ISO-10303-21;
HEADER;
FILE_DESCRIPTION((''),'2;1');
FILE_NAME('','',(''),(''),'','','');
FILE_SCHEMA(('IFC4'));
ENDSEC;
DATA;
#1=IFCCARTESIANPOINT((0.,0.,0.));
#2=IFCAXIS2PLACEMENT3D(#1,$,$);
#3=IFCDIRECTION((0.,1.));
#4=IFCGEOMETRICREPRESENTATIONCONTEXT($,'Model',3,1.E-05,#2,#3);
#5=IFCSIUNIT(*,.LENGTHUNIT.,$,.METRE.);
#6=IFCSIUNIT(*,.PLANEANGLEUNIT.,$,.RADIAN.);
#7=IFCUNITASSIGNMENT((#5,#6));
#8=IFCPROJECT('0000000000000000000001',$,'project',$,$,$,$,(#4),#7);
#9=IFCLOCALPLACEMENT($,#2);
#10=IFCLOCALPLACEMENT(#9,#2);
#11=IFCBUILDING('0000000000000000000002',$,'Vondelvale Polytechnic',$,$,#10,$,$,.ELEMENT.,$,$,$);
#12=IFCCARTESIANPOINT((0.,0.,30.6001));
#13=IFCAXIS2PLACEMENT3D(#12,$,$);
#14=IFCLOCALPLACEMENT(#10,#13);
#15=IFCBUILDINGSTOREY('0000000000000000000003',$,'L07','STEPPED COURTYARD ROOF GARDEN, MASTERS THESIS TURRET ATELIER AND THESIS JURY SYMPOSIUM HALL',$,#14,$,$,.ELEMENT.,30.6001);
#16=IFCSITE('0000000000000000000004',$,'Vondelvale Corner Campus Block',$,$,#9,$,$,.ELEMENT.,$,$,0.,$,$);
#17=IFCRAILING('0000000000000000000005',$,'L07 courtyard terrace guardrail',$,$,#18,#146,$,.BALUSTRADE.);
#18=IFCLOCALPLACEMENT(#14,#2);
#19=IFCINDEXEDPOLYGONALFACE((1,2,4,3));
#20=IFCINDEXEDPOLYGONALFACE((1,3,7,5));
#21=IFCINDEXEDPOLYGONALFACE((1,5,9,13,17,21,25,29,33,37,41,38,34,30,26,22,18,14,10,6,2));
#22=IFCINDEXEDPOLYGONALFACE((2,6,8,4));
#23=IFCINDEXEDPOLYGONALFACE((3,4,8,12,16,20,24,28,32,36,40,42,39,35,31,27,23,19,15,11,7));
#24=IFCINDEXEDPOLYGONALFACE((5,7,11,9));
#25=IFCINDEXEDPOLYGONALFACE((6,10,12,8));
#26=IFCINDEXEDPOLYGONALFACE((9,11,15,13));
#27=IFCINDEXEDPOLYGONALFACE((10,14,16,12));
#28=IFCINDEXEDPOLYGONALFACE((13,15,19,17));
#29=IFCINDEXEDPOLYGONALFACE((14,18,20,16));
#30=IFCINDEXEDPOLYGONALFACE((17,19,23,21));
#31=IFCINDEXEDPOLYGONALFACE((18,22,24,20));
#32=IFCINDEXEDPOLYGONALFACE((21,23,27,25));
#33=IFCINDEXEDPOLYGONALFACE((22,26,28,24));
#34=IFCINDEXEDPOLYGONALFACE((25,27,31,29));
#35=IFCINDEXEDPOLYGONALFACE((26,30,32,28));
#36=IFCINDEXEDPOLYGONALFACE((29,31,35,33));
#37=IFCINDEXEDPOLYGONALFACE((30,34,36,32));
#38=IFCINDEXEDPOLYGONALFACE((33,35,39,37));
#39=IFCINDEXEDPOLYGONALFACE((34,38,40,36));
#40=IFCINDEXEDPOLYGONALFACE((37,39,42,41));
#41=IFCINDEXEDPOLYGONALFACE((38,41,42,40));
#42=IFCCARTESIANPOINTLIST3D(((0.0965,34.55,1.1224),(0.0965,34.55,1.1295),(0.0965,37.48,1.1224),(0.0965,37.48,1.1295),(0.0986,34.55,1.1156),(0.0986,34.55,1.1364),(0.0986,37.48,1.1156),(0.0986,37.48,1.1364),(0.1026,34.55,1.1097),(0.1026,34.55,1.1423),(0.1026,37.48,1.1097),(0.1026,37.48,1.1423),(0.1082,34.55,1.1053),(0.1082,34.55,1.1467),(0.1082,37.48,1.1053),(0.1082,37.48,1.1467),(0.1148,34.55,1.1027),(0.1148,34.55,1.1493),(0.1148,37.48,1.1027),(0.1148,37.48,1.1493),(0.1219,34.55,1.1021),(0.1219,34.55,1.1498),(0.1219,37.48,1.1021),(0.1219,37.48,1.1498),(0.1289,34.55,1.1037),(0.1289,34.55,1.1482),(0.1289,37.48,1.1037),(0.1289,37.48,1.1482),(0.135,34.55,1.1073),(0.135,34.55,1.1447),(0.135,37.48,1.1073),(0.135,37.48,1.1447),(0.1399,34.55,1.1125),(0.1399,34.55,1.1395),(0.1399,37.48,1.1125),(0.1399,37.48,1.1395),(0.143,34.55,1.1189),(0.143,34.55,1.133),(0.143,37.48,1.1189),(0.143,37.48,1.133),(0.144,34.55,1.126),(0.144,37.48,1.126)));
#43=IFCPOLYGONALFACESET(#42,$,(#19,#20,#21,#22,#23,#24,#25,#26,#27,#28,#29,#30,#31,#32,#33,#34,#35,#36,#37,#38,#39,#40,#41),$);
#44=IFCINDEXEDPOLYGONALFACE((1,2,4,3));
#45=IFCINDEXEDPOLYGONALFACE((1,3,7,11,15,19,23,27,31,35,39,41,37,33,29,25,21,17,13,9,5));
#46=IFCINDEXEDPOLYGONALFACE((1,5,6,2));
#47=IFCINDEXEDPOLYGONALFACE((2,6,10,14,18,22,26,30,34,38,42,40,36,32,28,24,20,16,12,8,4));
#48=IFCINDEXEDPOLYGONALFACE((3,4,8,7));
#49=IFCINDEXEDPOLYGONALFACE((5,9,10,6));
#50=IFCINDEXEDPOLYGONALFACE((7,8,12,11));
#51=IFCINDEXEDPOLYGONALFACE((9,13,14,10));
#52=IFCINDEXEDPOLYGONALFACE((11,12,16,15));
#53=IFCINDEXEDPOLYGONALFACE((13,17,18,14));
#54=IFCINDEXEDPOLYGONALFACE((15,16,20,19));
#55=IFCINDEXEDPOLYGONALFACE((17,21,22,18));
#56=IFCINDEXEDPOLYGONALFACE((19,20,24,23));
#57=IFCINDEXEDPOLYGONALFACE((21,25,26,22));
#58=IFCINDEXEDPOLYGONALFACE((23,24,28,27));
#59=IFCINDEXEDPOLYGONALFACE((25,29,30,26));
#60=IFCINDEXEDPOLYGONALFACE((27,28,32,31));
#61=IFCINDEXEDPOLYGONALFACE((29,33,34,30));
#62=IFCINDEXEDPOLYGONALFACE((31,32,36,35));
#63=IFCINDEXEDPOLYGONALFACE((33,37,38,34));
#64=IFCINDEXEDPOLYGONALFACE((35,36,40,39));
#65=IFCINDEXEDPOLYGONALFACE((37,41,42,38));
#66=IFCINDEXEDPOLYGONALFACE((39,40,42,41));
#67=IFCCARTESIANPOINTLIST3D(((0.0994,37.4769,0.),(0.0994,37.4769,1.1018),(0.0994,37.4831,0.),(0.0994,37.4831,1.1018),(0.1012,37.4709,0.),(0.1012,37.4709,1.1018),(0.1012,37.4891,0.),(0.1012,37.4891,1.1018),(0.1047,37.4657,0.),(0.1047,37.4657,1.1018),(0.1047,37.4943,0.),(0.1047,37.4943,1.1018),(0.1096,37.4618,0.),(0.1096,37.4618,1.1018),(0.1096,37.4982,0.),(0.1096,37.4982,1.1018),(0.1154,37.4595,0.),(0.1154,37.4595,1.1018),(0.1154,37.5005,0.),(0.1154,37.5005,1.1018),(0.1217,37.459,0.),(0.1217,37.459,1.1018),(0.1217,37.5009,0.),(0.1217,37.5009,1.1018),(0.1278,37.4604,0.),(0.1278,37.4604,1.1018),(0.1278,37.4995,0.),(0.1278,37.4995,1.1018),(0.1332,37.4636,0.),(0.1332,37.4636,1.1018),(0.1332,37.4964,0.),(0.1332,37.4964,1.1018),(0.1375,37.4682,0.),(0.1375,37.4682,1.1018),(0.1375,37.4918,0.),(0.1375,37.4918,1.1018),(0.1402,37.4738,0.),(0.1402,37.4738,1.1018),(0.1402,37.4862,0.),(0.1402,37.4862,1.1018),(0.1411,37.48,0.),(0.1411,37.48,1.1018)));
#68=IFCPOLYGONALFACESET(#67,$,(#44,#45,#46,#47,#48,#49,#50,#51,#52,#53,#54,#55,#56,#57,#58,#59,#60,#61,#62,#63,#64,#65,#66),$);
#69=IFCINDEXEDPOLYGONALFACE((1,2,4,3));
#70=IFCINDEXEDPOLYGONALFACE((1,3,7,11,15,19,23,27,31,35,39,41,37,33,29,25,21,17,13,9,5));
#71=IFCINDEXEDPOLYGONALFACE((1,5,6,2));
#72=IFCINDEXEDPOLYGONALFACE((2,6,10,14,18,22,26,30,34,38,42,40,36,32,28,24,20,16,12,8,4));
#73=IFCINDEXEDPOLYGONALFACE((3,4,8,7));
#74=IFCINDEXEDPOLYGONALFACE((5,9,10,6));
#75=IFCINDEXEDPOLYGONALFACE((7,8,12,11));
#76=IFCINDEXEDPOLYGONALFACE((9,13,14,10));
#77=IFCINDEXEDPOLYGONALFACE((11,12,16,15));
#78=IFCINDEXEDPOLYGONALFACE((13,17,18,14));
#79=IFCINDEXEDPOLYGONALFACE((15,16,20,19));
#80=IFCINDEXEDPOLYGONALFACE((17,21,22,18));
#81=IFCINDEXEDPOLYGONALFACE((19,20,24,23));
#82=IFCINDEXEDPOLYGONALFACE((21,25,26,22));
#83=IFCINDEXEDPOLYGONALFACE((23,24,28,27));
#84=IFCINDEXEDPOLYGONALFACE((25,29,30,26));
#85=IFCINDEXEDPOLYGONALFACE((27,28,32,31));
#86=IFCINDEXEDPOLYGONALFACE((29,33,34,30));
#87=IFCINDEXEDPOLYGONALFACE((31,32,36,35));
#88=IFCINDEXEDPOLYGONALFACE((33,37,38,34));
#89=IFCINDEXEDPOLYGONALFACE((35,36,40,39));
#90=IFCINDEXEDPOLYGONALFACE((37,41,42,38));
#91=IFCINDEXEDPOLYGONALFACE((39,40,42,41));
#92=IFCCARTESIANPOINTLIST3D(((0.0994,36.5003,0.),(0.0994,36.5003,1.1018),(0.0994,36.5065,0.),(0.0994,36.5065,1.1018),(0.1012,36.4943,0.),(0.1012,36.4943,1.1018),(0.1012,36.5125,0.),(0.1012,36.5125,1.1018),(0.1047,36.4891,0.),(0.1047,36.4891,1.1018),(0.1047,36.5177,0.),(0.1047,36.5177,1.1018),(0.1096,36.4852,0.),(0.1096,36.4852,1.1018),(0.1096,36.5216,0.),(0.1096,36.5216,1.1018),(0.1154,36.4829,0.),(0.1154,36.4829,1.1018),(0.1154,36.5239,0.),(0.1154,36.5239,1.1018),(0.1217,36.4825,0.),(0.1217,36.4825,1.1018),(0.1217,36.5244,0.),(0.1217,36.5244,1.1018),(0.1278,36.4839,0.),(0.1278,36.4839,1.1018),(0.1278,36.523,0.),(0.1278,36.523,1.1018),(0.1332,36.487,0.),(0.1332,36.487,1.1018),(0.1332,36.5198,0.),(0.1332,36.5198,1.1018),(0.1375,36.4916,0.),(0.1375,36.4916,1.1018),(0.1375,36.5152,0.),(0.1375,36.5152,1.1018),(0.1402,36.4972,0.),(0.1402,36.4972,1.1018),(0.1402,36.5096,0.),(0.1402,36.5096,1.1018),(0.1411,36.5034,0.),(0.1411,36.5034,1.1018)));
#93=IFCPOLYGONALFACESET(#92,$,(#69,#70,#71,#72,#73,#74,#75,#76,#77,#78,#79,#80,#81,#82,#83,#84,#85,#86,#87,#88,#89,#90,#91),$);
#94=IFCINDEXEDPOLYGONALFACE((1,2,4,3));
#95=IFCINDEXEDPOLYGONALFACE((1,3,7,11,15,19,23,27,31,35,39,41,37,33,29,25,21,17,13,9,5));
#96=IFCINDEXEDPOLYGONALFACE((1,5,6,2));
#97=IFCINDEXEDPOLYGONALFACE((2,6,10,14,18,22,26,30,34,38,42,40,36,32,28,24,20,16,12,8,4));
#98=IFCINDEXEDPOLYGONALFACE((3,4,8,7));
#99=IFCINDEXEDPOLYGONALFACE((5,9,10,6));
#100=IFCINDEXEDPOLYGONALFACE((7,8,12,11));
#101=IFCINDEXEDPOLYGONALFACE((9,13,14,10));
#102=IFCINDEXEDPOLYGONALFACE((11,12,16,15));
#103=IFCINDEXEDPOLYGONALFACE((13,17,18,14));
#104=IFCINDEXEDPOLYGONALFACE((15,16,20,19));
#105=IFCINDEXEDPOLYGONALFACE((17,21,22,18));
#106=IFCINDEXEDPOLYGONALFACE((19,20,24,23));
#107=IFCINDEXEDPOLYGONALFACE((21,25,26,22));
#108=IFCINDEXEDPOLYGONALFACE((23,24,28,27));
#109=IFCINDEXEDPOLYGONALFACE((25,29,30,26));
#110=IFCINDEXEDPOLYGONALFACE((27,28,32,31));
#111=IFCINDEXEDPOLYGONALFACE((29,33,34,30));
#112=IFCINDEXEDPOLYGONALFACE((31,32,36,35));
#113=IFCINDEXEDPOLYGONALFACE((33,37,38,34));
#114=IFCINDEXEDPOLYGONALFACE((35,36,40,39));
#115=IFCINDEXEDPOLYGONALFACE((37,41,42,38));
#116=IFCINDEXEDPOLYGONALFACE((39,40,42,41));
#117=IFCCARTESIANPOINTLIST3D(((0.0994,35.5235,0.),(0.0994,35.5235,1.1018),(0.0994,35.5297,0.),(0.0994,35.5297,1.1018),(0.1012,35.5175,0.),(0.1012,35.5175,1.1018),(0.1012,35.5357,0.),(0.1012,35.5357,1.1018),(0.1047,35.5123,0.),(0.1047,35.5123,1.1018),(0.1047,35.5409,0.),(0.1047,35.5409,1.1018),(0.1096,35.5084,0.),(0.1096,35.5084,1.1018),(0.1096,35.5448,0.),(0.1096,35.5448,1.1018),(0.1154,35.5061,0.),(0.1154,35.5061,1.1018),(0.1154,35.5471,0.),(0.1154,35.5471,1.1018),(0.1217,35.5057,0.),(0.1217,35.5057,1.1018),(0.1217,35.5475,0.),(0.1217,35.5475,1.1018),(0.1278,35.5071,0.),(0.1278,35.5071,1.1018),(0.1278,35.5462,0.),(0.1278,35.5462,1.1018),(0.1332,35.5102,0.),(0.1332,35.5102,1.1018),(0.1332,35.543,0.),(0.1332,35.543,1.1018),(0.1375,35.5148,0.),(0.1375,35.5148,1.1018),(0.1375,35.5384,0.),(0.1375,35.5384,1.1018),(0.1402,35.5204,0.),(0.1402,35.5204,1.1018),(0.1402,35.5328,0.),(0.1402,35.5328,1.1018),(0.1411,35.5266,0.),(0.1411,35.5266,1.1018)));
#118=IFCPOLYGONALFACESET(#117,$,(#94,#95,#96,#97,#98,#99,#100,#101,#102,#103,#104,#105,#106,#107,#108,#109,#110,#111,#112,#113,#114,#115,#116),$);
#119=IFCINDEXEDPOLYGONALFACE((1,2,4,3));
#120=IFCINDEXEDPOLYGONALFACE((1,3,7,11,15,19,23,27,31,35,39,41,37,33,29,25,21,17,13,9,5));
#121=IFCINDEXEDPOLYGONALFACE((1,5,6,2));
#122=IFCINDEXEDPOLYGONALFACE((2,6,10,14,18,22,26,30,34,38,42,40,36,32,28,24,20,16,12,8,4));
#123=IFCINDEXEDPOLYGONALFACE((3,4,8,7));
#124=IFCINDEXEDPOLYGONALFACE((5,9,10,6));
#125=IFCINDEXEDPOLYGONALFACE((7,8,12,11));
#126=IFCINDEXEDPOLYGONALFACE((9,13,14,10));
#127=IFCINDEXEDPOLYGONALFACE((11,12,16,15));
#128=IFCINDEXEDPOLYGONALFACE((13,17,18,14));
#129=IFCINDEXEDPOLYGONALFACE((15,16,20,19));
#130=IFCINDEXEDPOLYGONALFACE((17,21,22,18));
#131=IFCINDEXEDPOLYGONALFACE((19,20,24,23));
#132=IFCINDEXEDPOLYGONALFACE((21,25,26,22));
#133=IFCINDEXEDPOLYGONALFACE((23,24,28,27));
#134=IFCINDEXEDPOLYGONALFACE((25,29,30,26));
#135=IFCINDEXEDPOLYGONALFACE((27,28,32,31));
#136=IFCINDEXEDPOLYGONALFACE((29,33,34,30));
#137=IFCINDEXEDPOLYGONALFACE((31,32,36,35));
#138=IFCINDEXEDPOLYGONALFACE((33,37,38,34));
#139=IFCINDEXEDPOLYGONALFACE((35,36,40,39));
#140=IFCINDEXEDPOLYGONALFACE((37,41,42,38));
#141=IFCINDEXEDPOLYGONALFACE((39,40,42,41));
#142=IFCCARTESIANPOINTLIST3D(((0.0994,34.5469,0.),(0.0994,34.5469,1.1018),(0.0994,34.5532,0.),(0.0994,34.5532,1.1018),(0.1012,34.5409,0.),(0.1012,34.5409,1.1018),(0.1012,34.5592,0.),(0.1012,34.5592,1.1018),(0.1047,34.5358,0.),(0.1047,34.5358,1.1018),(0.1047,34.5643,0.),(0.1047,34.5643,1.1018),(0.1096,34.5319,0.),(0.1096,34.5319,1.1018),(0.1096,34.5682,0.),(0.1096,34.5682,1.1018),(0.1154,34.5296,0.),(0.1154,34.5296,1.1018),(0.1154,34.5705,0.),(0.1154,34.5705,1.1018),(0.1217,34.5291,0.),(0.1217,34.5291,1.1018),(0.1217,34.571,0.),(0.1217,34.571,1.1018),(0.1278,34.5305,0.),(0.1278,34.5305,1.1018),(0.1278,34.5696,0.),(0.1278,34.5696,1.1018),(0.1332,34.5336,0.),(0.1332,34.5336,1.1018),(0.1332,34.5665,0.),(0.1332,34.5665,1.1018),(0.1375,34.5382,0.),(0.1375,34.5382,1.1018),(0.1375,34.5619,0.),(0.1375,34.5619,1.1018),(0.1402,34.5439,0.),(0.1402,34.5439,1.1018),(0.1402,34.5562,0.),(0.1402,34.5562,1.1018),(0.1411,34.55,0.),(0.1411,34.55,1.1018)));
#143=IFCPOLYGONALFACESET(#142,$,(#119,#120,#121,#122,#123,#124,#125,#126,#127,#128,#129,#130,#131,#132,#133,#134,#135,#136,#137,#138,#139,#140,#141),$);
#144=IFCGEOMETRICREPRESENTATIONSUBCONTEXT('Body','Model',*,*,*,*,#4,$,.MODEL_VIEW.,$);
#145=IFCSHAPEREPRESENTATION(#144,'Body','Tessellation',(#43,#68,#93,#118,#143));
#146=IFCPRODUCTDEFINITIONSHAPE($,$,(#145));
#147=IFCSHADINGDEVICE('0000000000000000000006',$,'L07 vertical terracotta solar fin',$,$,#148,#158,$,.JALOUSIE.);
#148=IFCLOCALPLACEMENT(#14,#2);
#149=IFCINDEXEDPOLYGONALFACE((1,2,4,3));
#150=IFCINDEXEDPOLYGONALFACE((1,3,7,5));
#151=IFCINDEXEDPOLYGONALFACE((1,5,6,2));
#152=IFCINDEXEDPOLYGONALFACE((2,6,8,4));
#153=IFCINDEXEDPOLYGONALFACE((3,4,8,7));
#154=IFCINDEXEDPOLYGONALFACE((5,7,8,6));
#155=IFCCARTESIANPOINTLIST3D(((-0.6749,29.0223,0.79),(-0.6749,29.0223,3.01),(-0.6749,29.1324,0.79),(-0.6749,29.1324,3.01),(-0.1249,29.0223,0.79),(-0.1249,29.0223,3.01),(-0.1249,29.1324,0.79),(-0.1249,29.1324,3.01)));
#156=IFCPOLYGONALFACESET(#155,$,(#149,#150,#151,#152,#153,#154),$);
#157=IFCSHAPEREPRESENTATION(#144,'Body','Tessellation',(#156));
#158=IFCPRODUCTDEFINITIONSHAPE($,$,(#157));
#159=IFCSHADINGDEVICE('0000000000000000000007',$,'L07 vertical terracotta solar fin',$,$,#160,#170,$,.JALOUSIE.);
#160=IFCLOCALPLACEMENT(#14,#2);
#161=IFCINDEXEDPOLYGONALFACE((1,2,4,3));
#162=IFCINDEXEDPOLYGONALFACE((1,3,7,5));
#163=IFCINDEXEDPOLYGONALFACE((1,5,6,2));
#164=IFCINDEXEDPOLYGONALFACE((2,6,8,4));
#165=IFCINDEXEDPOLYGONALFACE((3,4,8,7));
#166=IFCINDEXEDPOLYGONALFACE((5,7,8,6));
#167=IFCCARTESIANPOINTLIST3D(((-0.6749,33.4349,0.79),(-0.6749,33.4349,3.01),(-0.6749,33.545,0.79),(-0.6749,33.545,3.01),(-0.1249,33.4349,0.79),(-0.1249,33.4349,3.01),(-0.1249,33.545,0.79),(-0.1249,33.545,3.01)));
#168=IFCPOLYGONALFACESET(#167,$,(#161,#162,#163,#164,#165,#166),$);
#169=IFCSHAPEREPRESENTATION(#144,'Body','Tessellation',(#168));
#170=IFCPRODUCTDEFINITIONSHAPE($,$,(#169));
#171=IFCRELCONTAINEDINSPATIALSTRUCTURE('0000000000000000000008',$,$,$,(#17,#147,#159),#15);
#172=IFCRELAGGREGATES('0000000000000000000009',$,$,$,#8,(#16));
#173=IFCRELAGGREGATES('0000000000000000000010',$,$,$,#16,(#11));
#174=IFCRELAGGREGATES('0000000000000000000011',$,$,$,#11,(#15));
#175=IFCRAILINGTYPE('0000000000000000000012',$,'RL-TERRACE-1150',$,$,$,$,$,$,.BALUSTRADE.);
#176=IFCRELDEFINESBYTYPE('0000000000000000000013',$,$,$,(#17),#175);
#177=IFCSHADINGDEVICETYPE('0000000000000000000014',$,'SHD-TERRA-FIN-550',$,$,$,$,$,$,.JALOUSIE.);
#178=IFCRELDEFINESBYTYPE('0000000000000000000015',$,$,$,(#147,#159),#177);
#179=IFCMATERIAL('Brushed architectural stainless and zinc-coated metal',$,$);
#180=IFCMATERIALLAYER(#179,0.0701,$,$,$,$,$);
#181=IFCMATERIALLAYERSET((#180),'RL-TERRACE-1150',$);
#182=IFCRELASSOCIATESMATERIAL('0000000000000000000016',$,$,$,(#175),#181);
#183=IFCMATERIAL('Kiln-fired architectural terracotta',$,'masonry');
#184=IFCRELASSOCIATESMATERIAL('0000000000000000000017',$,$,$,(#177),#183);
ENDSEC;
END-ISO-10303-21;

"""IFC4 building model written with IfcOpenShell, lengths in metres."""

from ifc_helpers import new_model, si_unit, direction, frame, origin, origin_2d, place, context, subcontext, project, spatial, rectangle, circle, extrude, material, layer, layer_set, type_object, element, save


model = new_model("IFC4")

# Units and contexts
model_context = context("Model", 3, precision=1e-05, world=origin(), true_north=direction((0.0, 1.0)))
body_context = subcontext(model_context, "Body", "Model", "MODEL_VIEW")
ifc_project = project(units=[si_unit("LENGTHUNIT", "METRE"), si_unit("PLANEANGLEUNIT", "RADIAN")], contexts=[model_context])

# Site, building, storey
site_placement = place(None, origin())
site = spatial("IfcSite", under=ifc_project, at=site_placement, Name="Vondelvale Corner Campus Block", CompositionType="ELEMENT", RefElevation=0.0)
building_placement = place(site_placement, origin())
building = spatial("IfcBuilding", under=site, at=building_placement, Name="Vondelvale Polytechnic", CompositionType="ELEMENT")
storey_placement = place(building_placement, frame((0.0, 0.0, 30.6001)))
storey = spatial("IfcBuildingStorey", under=building, at=storey_placement, Name="L07", Description="STEPPED COURTYARD ROOF GARDEN, MASTERS THESIS TURRET ATELIER AND THESIS JURY SYMPOSIUM HALL", CompositionType="ELEMENT", Elevation=30.6001)

# Railing
ifc_material_1 = material(Name="Brushed architectural stainless and zinc-coated metal")
ifc_layer_1 = layer(ifc_material_1, 0.0701)
ifc_layer_set_1 = layer_set([ifc_layer_1], Name="RL-TERRACE-1150")
railing_type = type_object("IfcRailingType", Name="RL-TERRACE-1150", PredefinedType="BALUSTRADE", material=ifc_layer_set_1)
railing_placement = place(storey_placement, frame((0.1201, 37.48, 0.0)))
element("IfcRailing", 1, at=railing_placement, inside=storey, type_object=railing_type, Name="L07 courtyard terrace guardrail", PredefinedType="BALUSTRADE", context=body_context, shape_type="SweptSolid", body=[
    extrude(circle(Radius=0.0239, at=origin_2d()), frame((0.0, 0.0, 1.126), z_axis=(0.0, -1.0, 0.0), x_axis=(1.0, 0.0, 0.0)), (0.0, 0.0, 1.0), 2.9299),
    extrude(circle(Radius=0.021, at=origin_2d()), origin(), (0.0, 0.0, 1.0), 1.1018),
    extrude(circle(Radius=0.021, at=origin_2d()), frame((0.0, -0.9766, 0.0)), (0.0, 0.0, 1.0), 1.1018),
    extrude(circle(Radius=0.021, at=origin_2d()), frame((0.0, -1.9534, 0.0)), (0.0, 0.0, 1.0), 1.1018),
    extrude(circle(Radius=0.021, at=origin_2d()), frame((0.0, -2.9299, 0.0)), (0.0, 0.0, 1.0), 1.1018),
])

# Shading devices
ifc_material_2 = material(Name="Kiln-fired architectural terracotta", Category="masonry")
shading_device_type = type_object("IfcShadingDeviceType", Name="SHD-TERRA-FIN-550", PredefinedType="JALOUSIE", material=ifc_material_2)
for number, where, z_axis, x_axis, name in (
    (2, (-0.3999, 29.0774, 0.79), (0.0, 0.0, 1.0), (0.0, 1.0, 0.0), "L07 vertical terracotta solar fin"),
    (3, (-0.3999, 33.49, 0.79), (0.0, 0.0, 1.0), (0.0, 1.0, 0.0), "L07 vertical terracotta solar fin"),
):
    element("IfcShadingDevice", number, at=place(storey_placement, frame(where, z_axis=z_axis, x_axis=x_axis)), inside=storey, type_object=shading_device_type, Name=name, PredefinedType="JALOUSIE", context=body_context, shape_type="SweptSolid", body=[
        extrude(rectangle(XDim=0.1101, YDim=0.55, at=origin_2d()), origin(), (0.0, 0.0, 1.0), 2.22),
    ])

save(model, "model.ifc")
